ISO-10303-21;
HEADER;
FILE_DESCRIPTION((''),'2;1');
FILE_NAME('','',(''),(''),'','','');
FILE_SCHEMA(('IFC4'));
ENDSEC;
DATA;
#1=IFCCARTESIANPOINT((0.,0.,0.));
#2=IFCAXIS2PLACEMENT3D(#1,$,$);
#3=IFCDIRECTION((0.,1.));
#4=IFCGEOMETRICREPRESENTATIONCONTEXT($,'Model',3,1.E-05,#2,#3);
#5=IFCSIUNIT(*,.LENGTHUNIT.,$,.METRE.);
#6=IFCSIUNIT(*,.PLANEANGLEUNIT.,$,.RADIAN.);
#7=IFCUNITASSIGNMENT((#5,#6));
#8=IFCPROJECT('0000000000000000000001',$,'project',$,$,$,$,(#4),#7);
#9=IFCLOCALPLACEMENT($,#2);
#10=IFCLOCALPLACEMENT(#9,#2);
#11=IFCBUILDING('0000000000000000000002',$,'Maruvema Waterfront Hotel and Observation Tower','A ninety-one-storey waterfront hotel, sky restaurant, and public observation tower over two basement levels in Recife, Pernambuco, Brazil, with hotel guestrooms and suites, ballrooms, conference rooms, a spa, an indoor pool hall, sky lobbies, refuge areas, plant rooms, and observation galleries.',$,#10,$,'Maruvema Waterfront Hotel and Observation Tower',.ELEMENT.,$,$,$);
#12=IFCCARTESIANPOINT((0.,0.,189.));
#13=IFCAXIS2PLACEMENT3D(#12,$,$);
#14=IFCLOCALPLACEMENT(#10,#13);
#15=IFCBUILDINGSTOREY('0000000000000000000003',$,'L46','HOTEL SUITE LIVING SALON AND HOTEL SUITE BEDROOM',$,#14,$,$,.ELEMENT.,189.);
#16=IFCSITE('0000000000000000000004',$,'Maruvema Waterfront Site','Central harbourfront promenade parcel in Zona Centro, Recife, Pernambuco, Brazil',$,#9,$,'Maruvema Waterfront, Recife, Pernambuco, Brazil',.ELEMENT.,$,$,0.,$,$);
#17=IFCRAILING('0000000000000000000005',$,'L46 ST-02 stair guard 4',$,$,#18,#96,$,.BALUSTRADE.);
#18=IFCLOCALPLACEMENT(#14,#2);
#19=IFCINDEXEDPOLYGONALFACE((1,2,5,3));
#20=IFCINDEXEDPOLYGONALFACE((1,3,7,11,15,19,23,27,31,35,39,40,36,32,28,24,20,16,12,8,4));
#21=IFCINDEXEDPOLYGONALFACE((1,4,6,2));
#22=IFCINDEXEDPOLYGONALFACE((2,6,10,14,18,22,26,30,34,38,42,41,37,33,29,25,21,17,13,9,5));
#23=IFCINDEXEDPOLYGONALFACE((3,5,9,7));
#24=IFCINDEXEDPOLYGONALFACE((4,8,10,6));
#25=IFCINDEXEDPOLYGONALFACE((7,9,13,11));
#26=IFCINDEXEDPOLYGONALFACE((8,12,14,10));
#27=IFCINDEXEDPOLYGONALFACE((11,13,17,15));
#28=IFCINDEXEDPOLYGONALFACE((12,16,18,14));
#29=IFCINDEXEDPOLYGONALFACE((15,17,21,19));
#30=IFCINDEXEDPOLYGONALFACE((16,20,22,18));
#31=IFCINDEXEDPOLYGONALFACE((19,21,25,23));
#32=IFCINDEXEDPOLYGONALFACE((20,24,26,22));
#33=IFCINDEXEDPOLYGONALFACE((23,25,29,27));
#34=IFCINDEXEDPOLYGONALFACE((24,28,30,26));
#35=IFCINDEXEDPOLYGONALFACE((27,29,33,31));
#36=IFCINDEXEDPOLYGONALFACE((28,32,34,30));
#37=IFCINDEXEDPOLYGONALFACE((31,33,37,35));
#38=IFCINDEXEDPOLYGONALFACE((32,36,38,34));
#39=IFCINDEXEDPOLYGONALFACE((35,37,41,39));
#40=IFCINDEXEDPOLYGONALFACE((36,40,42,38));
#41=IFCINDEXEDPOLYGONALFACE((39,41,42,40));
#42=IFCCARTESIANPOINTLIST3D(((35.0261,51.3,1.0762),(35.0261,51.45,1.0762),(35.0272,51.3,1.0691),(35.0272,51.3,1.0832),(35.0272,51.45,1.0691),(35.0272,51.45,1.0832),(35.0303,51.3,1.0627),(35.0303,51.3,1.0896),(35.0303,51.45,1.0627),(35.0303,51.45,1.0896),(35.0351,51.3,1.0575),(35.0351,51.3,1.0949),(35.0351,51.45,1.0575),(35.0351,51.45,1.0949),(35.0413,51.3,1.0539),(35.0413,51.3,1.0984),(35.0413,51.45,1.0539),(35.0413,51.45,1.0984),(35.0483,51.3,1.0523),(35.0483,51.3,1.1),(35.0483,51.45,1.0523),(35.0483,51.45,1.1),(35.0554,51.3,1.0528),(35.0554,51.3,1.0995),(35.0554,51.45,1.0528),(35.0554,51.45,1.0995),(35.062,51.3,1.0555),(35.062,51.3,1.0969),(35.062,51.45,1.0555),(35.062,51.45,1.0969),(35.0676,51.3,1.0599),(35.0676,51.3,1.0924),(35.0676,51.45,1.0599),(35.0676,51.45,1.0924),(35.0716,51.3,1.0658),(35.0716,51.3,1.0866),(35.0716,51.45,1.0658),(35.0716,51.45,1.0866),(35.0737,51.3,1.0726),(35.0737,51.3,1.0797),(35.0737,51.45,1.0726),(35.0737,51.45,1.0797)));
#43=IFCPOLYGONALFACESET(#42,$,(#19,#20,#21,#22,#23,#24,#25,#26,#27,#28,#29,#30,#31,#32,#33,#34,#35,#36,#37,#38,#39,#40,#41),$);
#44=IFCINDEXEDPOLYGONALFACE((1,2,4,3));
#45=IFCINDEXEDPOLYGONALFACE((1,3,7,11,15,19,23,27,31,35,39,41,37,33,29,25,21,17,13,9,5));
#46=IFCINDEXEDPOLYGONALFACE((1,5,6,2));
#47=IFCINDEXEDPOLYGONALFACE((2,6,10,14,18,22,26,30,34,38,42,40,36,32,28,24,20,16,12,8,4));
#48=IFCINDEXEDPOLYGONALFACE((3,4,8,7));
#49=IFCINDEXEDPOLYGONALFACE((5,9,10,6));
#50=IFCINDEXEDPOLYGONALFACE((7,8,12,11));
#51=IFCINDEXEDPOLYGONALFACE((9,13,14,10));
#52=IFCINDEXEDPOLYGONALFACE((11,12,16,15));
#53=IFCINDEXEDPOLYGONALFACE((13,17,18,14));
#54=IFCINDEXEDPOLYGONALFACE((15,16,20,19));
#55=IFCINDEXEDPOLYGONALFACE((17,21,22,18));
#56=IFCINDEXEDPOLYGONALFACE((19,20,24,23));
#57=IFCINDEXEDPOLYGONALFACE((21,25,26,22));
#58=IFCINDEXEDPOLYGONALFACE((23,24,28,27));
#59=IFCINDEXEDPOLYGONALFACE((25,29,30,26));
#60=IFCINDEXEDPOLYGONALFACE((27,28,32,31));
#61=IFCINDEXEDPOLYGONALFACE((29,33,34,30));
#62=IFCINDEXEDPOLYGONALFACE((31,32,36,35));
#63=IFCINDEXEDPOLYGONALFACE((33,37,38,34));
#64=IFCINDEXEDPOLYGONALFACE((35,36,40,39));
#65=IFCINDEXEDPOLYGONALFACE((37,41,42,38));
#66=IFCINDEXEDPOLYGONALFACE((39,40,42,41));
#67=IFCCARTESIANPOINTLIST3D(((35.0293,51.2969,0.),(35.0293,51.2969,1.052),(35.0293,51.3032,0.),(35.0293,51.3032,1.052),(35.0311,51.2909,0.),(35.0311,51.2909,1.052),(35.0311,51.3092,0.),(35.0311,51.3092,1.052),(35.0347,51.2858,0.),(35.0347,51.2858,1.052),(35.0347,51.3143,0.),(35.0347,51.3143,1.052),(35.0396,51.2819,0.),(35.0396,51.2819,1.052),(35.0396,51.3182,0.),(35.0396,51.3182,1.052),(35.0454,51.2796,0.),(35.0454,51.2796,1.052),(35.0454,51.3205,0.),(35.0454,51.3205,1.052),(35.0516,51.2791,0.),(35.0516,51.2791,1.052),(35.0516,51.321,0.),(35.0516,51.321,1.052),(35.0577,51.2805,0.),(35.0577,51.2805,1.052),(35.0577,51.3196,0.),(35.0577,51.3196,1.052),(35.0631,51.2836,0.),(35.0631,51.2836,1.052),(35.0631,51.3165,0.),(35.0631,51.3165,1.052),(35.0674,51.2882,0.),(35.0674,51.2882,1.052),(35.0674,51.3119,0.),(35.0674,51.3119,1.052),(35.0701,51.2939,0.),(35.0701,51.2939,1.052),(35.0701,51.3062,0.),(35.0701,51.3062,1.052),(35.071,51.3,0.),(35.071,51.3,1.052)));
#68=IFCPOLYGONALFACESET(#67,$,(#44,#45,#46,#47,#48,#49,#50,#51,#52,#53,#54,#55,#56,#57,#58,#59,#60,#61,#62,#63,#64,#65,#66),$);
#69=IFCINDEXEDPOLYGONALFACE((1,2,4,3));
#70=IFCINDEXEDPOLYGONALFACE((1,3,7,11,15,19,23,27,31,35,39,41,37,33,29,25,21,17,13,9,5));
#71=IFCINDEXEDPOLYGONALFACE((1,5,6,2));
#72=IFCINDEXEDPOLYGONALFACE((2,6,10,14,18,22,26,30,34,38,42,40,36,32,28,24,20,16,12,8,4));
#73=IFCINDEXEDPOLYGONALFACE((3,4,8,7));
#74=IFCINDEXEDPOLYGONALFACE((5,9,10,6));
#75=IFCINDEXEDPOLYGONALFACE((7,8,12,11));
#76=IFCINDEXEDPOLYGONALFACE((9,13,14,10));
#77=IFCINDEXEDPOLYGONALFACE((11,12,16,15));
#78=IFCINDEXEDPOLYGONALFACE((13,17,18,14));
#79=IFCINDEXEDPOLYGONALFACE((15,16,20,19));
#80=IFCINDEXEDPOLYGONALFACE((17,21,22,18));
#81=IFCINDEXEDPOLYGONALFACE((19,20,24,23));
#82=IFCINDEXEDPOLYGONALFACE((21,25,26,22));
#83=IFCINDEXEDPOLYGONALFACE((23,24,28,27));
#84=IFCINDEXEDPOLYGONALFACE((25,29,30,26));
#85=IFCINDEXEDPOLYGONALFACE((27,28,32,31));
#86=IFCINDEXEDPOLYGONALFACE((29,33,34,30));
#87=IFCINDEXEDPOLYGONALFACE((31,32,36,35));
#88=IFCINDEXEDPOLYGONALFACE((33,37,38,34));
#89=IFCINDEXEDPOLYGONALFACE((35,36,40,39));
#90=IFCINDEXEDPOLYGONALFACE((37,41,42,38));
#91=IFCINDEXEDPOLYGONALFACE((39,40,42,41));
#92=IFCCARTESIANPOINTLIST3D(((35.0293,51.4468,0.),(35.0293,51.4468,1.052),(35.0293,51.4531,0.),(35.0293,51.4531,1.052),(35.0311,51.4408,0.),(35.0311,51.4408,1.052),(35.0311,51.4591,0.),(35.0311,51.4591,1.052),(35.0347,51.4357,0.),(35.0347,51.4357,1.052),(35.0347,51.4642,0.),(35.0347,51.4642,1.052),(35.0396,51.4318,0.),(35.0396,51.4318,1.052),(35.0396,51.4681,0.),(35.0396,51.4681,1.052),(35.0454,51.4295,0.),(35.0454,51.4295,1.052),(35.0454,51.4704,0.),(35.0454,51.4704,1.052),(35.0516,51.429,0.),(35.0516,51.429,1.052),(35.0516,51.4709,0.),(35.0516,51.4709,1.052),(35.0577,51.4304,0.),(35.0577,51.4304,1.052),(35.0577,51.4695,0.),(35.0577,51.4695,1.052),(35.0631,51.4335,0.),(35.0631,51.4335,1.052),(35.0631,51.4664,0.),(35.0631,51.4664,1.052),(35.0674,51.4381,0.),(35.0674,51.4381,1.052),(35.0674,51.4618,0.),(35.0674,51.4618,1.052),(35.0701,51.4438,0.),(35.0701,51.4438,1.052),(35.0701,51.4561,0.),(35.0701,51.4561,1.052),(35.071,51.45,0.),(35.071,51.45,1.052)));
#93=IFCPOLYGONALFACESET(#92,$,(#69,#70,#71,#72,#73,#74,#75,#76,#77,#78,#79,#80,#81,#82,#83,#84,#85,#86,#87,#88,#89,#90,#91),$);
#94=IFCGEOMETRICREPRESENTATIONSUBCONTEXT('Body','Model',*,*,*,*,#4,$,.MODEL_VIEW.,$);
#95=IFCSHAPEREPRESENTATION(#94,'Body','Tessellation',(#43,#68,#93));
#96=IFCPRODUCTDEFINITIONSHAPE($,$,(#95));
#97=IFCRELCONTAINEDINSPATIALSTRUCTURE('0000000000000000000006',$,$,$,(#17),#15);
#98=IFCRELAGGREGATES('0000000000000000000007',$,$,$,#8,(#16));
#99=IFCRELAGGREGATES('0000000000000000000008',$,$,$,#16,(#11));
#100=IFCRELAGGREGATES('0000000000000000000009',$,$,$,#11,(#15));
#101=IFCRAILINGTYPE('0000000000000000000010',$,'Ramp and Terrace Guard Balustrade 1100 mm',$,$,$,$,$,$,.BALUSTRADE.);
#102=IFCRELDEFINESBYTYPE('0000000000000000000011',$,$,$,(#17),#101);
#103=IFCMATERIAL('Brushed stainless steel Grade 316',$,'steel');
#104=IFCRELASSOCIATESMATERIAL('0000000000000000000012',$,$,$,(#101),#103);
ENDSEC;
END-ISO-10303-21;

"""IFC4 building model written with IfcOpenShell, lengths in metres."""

from ifc_helpers import new_model, si_unit, direction, frame, origin, origin_2d, place, context, subcontext, project, spatial, circle, extrude, material, type_object, element, save


model = new_model("IFC4")

# Units and contexts
model_context = context("Model", 3, precision=1e-05, world=origin(), true_north=direction((0.0, 1.0)))
body_context = subcontext(model_context, "Body", "Model", "MODEL_VIEW")
ifc_project = project(units=[si_unit("LENGTHUNIT", "METRE"), si_unit("PLANEANGLEUNIT", "RADIAN")], contexts=[model_context])

# Site, building, storey
site_placement = place(None, origin())
site = spatial("IfcSite", under=ifc_project, at=site_placement, Name="Maruvema Waterfront Site", Description="Central harbourfront promenade parcel in Zona Centro, Recife, Pernambuco, Brazil", LongName="Maruvema Waterfront, Recife, Pernambuco, Brazil", CompositionType="ELEMENT", RefElevation=0.0)
building_placement = place(site_placement, origin())
building = spatial("IfcBuilding", under=site, at=building_placement, Name="Maruvema Waterfront Hotel and Observation Tower", Description="A ninety-one-storey waterfront hotel, sky restaurant, and public observation tower over two basement levels in Recife, Pernambuco, Brazil, with hotel guestrooms and suites, ballrooms, conference rooms, a spa, an indoor pool hall, sky lobbies, refuge areas, plant rooms, and observation galleries.", LongName="Maruvema Waterfront Hotel and Observation Tower", CompositionType="ELEMENT")
storey_placement = place(building_placement, frame((0.0, 0.0, 189.0)))
storey = spatial("IfcBuildingStorey", under=building, at=storey_placement, Name="L46", Description="HOTEL SUITE LIVING SALON AND HOTEL SUITE BEDROOM", CompositionType="ELEMENT", Elevation=189.0)

# Railing
ifc_material_1 = material(Name="Brushed stainless steel Grade 316", Category="steel")
railing_type_1 = type_object("IfcRailingType", Name="Ramp and Terrace Guard Balustrade 1100 mm", PredefinedType="BALUSTRADE", material=ifc_material_1)
railing_1_placement = place(storey_placement, frame((35.05, 51.3, 0.0)))
element("IfcRailing", 1, at=railing_1_placement, inside=storey, type_object=railing_type_1, Name="L46 ST-02 stair guard 4", PredefinedType="BALUSTRADE", context=body_context, shape_type="SweptSolid", body=[
    extrude(circle(Radius=0.0239, at=origin_2d()), frame((0.0, 0.0, 1.0762), z_axis=(0.0, 1.0, 0.0), x_axis=(-1.0, 0.0, 0.0)), (0.0, 0.0, 1.0), 0.1499),
    extrude(circle(Radius=0.021, at=origin_2d()), origin(), (0.0, 0.0, 1.0), 1.052),
    extrude(circle(Radius=0.021, at=origin_2d()), frame((0.0, 0.1499, 0.0)), (0.0, 0.0, 1.0), 1.052),
])

save(model, "model.ifc")
